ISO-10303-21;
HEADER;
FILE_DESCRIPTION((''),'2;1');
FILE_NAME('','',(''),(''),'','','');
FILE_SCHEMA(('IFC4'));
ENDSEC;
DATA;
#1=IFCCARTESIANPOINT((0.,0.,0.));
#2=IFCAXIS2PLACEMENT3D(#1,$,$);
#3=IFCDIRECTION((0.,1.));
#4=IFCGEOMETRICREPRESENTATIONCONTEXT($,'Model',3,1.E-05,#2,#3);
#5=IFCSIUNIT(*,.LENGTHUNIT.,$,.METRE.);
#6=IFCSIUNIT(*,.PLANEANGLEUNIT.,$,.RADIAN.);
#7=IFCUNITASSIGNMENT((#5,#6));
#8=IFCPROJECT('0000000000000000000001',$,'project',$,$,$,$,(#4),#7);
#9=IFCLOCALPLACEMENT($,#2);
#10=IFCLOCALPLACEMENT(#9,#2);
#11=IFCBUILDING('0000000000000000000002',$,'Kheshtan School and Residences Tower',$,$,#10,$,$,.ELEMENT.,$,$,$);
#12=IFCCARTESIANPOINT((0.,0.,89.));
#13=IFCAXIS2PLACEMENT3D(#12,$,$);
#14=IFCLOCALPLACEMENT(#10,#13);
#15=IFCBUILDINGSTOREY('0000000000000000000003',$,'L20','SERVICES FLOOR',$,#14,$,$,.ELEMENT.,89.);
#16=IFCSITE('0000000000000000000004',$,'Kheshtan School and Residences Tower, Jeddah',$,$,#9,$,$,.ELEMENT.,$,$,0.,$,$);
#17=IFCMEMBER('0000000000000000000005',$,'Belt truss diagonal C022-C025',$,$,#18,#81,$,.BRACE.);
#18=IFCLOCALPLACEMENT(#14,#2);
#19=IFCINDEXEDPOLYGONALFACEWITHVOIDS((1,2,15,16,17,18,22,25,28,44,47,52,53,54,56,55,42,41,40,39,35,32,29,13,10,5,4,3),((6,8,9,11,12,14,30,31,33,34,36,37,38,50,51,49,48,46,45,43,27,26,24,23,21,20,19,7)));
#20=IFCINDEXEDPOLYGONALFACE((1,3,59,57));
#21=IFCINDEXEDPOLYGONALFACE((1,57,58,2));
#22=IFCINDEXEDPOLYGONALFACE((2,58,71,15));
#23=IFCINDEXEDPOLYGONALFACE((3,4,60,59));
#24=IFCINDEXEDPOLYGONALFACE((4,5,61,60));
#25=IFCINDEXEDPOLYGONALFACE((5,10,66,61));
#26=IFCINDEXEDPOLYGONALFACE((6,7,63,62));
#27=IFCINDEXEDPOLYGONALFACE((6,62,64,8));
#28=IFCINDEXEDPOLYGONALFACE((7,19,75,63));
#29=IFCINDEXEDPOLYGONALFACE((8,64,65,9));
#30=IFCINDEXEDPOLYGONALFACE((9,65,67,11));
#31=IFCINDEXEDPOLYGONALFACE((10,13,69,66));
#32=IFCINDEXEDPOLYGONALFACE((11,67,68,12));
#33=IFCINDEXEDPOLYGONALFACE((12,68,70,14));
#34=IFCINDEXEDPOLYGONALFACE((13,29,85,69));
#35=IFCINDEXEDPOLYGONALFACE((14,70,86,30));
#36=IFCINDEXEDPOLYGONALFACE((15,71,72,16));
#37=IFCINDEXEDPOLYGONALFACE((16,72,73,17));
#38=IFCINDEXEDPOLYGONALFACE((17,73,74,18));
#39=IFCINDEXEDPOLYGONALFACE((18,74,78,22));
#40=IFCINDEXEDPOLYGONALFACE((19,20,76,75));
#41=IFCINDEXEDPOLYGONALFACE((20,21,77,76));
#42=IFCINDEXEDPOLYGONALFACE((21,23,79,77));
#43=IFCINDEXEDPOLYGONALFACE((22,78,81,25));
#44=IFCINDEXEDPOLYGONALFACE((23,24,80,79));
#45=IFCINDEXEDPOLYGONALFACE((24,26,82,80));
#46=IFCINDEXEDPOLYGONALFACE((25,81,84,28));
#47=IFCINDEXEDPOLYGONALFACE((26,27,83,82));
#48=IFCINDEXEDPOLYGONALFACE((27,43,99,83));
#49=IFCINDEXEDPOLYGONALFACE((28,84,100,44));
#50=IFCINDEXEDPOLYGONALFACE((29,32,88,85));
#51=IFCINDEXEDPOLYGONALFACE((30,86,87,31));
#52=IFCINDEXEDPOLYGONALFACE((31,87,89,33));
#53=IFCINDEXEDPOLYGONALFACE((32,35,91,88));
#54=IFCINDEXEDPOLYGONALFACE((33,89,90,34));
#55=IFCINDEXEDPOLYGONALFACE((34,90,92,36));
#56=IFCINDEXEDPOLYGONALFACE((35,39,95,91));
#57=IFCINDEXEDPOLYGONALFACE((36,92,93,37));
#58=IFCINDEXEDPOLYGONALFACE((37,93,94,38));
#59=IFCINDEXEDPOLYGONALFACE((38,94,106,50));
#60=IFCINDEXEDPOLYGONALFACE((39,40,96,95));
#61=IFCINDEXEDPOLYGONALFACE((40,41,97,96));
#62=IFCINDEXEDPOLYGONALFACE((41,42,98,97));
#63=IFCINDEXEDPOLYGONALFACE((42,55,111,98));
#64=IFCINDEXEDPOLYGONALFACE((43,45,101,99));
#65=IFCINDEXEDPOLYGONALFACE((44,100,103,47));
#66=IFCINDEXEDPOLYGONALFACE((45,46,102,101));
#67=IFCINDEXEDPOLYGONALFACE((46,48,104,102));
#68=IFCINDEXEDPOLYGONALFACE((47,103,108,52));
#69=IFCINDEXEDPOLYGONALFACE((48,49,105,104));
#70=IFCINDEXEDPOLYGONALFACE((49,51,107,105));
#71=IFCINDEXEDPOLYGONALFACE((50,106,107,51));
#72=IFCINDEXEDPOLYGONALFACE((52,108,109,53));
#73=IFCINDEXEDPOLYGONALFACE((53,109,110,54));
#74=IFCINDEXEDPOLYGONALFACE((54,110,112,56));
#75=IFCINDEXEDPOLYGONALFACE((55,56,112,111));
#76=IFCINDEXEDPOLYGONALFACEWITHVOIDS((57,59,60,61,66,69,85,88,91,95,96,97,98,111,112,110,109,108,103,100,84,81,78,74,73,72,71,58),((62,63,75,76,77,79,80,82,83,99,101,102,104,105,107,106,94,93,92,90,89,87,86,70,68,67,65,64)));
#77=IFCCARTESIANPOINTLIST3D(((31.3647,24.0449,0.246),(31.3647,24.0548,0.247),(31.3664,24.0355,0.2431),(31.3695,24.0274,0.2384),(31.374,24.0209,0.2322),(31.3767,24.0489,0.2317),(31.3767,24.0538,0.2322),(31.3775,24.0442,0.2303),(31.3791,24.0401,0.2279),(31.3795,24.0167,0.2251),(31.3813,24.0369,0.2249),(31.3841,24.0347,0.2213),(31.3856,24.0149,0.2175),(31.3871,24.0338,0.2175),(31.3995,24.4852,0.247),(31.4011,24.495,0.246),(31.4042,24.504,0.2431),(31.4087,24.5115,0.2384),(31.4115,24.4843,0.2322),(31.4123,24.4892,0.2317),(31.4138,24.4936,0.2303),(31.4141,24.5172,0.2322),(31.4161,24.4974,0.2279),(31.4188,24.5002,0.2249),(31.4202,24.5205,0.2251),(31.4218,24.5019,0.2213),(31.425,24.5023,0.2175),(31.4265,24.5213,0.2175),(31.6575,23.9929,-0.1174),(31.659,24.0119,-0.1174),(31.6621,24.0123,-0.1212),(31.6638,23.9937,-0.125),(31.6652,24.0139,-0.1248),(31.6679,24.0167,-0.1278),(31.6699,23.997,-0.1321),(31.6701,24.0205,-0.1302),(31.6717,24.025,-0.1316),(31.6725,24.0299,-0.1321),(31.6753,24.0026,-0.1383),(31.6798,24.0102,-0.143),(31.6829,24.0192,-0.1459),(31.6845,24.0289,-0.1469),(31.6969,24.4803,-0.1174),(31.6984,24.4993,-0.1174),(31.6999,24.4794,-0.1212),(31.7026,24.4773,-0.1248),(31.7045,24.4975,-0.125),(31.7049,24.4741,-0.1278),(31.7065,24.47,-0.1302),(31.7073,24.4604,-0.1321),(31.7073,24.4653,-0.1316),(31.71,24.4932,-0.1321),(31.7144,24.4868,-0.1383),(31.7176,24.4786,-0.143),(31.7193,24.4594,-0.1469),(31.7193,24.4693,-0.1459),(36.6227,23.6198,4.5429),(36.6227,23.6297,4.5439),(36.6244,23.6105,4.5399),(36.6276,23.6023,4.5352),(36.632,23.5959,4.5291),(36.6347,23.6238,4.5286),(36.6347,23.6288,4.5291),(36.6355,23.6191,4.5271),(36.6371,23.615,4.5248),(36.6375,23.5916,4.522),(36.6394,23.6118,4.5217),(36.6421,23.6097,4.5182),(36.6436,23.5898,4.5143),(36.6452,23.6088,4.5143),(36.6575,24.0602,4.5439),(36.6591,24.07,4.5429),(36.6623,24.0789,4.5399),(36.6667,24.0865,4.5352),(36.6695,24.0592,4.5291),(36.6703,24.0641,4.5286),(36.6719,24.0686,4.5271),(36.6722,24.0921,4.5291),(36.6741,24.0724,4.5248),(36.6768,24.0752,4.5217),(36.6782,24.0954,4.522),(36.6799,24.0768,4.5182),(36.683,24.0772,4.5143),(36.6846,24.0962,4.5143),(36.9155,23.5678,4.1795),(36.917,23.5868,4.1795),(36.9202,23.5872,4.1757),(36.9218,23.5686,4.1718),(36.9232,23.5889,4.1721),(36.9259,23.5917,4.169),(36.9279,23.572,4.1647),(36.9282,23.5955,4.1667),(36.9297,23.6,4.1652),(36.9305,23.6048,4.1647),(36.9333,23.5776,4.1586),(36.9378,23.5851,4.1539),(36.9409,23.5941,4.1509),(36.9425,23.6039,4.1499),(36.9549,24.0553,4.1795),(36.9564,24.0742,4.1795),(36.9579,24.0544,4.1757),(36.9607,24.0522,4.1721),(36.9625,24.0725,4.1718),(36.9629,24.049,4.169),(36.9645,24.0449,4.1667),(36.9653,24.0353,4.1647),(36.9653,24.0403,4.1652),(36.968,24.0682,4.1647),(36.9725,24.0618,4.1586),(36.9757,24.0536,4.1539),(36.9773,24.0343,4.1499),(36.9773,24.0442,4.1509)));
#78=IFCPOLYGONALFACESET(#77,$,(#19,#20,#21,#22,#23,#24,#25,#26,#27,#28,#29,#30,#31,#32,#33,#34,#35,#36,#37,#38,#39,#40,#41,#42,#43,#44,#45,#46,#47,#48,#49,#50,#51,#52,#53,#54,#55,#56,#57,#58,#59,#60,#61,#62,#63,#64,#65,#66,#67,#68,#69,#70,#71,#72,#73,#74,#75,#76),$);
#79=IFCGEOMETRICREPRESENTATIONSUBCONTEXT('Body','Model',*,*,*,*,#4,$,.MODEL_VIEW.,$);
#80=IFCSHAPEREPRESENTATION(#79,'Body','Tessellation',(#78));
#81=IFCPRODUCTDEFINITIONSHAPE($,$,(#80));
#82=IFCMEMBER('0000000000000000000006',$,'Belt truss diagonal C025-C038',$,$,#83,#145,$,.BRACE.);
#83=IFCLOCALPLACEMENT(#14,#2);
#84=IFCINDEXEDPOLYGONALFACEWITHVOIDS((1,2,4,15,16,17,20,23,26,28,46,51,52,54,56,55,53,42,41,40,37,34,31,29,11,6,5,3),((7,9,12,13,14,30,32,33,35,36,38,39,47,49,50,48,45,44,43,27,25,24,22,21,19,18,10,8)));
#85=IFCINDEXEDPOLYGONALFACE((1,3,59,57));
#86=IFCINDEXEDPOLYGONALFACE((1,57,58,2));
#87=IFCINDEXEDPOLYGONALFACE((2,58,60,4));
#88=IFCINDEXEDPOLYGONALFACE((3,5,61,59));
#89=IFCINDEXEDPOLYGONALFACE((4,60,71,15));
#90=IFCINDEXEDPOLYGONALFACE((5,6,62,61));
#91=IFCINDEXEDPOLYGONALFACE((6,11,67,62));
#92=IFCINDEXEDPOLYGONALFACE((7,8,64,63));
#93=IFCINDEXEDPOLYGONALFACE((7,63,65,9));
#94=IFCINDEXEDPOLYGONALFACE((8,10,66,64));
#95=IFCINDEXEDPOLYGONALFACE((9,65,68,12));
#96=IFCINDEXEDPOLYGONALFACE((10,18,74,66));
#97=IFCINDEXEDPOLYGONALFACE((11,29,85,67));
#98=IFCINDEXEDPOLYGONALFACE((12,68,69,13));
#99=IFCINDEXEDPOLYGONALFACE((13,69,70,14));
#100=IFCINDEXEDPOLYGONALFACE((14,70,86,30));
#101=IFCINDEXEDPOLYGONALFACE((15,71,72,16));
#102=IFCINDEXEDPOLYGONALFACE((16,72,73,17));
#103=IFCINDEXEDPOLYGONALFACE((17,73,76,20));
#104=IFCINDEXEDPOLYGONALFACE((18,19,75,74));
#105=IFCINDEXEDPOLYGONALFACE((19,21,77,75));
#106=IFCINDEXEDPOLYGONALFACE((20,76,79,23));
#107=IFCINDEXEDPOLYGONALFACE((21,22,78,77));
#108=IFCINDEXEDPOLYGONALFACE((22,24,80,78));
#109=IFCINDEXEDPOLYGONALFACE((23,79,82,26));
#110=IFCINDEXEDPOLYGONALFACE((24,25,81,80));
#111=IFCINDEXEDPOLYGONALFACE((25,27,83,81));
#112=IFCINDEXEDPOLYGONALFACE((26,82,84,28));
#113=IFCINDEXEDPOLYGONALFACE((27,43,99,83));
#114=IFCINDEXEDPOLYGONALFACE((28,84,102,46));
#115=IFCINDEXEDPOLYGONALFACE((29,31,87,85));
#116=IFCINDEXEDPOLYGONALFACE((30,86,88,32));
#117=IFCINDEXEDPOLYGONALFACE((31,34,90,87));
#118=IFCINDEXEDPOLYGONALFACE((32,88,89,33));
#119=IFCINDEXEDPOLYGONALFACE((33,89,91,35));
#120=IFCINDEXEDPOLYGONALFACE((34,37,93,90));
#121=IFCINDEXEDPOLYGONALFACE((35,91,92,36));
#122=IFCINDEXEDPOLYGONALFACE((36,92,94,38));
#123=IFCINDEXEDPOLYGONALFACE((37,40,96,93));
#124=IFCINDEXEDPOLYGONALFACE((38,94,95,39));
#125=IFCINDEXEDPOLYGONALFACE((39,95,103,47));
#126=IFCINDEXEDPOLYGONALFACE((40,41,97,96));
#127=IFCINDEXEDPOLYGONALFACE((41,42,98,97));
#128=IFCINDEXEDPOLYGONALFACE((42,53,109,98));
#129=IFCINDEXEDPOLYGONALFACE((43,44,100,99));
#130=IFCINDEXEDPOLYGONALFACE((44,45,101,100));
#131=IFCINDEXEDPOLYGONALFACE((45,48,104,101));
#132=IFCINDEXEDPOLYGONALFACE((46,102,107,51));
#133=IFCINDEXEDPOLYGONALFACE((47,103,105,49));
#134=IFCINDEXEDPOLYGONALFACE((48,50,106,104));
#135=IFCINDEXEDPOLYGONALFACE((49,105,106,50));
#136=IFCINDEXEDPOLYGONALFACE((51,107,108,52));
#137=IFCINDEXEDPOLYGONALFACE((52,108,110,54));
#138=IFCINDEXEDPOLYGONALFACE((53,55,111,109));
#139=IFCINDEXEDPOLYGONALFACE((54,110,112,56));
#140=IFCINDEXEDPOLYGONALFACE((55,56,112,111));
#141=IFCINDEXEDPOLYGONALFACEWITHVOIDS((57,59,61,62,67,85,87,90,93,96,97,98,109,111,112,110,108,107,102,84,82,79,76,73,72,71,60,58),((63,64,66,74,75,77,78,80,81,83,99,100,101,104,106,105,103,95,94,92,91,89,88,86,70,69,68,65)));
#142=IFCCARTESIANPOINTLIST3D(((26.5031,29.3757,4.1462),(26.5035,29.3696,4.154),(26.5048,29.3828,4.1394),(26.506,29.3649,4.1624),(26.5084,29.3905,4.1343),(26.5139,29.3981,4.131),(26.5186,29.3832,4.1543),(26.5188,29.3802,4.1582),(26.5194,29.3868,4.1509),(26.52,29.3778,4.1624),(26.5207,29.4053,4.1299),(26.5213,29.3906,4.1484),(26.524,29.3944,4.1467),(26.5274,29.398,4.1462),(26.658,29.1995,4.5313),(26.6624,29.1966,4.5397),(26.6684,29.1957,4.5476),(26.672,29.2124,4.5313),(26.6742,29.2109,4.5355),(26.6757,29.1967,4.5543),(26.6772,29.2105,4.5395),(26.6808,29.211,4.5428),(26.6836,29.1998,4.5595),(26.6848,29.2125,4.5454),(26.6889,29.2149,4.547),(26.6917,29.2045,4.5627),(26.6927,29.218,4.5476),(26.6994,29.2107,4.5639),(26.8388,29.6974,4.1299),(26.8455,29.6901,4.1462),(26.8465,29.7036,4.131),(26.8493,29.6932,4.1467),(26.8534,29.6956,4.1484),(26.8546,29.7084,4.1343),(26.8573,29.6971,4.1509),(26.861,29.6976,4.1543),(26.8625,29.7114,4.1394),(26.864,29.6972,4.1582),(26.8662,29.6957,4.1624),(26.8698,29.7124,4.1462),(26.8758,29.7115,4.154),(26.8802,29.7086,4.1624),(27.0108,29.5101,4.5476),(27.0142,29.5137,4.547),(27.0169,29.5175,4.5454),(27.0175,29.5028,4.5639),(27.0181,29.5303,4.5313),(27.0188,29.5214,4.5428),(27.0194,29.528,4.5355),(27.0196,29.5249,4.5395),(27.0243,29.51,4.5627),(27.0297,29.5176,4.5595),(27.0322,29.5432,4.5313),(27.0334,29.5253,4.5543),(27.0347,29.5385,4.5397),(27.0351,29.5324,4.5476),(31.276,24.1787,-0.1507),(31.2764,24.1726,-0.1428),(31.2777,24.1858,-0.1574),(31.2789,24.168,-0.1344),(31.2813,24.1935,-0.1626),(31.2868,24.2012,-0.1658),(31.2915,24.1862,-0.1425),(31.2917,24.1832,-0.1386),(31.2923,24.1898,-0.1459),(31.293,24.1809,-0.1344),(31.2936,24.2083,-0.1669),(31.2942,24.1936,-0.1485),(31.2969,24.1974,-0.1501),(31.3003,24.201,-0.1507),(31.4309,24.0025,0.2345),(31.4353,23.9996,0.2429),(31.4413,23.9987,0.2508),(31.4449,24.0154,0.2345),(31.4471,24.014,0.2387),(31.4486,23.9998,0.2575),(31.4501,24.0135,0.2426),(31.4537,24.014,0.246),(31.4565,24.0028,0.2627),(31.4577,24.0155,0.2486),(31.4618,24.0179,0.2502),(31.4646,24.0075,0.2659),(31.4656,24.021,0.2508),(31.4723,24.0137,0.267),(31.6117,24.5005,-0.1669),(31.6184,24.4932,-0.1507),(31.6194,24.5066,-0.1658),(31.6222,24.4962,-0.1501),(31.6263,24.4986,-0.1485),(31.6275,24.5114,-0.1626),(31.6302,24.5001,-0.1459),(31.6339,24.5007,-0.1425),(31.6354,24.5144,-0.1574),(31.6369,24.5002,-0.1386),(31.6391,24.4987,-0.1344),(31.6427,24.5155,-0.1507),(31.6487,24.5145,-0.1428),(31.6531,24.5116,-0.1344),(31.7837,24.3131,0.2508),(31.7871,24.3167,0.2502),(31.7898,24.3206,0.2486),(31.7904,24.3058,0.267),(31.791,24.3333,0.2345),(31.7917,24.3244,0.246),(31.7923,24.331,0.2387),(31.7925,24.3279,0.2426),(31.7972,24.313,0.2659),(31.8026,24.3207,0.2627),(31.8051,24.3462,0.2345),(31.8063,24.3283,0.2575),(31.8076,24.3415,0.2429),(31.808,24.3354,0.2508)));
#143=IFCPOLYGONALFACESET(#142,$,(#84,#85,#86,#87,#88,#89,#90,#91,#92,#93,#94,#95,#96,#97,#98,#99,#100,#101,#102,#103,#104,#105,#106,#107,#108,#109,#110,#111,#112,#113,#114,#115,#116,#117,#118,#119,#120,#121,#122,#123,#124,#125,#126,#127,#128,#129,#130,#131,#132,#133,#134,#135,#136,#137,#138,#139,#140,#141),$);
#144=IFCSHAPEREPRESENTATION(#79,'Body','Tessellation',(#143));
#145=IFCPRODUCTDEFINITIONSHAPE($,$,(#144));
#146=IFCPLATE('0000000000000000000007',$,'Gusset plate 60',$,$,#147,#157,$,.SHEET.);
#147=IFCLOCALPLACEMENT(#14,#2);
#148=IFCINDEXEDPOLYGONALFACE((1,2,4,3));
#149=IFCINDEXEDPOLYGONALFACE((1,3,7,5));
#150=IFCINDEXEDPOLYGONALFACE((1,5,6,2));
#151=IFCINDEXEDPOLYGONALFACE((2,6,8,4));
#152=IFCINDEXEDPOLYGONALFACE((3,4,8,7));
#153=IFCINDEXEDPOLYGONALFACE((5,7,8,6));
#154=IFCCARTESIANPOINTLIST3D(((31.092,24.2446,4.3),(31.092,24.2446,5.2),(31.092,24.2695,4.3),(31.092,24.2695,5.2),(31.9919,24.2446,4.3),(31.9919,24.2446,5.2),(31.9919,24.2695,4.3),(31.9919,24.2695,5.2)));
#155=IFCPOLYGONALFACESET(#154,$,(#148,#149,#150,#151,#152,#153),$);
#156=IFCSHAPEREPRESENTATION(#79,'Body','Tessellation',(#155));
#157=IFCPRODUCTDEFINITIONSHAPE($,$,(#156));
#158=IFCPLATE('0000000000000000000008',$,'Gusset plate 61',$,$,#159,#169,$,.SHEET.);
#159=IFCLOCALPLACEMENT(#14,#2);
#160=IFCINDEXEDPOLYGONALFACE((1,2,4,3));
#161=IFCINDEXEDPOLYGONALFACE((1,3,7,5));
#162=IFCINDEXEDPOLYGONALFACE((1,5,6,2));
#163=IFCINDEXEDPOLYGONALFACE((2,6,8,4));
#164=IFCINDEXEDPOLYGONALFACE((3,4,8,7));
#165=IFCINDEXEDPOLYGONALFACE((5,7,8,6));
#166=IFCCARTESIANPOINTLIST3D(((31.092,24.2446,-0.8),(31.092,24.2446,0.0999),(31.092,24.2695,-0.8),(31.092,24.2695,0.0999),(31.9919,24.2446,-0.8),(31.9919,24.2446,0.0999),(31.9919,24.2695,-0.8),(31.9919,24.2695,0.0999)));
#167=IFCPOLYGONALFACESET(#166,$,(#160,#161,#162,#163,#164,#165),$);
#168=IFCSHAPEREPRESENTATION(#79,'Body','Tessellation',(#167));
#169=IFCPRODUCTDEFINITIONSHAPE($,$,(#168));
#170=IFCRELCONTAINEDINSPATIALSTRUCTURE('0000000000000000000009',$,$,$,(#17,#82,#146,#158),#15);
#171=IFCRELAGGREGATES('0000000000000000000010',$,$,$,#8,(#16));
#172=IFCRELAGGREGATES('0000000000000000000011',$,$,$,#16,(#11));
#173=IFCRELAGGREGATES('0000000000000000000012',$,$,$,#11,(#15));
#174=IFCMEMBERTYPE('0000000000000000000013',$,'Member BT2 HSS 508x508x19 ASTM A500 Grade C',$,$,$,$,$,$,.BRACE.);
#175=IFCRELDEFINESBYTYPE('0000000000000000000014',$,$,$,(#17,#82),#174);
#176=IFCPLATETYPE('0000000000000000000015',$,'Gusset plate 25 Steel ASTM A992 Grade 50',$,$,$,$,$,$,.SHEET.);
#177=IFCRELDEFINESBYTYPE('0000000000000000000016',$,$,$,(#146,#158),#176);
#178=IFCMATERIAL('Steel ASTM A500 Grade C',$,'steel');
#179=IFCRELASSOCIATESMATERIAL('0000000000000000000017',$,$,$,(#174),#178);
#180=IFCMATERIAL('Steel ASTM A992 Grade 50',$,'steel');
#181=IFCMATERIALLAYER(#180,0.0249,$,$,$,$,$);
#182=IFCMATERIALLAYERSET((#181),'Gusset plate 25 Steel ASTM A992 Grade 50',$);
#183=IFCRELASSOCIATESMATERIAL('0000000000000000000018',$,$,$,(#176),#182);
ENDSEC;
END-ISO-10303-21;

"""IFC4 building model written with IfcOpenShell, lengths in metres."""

from ifc_helpers import new_model, si_unit, direction, frame, origin, origin_2d, place, context, subcontext, project, spatial, rectangle, hollow_rectangle, extrude, material, layer, layer_set, material_profile, profile_set, type_object, element, save


model = new_model("IFC4")

# Units and contexts
model_context = context("Model", 3, precision=1e-05, world=origin(), true_north=direction((0.0, 1.0)))
body_context = subcontext(model_context, "Body", "Model", "MODEL_VIEW")
ifc_project = project(units=[si_unit("LENGTHUNIT", "METRE"), si_unit("PLANEANGLEUNIT", "RADIAN")], contexts=[model_context])

# Site, building, storey
site_placement = place(None, origin())
site = spatial("IfcSite", under=ifc_project, at=site_placement, Name="Kheshtan School and Residences Tower, Jeddah", CompositionType="ELEMENT", RefElevation=0.0)
building_placement = place(site_placement, origin())
building = spatial("IfcBuilding", under=site, at=building_placement, Name="Kheshtan School and Residences Tower", CompositionType="ELEMENT")
storey_placement = place(building_placement, frame((0.0, 0.0, 89.0)))
storey = spatial("IfcBuildingStorey", under=building, at=storey_placement, Name="L20", Description="SERVICES FLOOR", CompositionType="ELEMENT", Elevation=89.0)

# Shared definitions
ifc_material_1 = material(Name="Steel ASTM A992 Grade 50", Category="steel")

# Members
ifc_material_2 = material(Name="Steel ASTM A500 Grade C", Category="steel")
ifc_material_profile_1 = material_profile(ifc_material_2, hollow_rectangle(XDim=0.5081, YDim=0.5081, WallThickness=0.019, InnerFilletRadius=0.019, OuterFilletRadius=0.0381, at=origin_2d()), Name="HSS 508x508x19")
ifc_profile_set_1 = profile_set([ifc_material_profile_1], Name="Steel ASTM A500 Grade C")
member_type = type_object("IfcMemberType", Name="Member BT2 HSS 508x508x19 ASTM A500 Grade C", PredefinedType="BRACE", material=ifc_profile_set_1)
member_1_placement = place(storey_placement, frame((31.542, 24.2571, 0.05), z_axis=(0.772818, -0.062473, 0.631545), x_axis=(0.080575, 0.996749, 0.0)))
element("IfcMember", 1, at=member_1_placement, inside=storey, type_object=member_type, Name="Belt truss diagonal C022-C025", PredefinedType="BRACE", context=body_context, shape_type="SweptSolid", body=[
    extrude(hollow_rectangle(XDim=0.5081, YDim=0.5081, WallThickness=0.019, InnerFilletRadius=0.019, OuterFilletRadius=0.0381, at=origin_2d()), origin(), (0.0, 0.0, 1.0), 6.8037),
])
member_2_placement = place(storey_placement, frame((31.542, 24.2571, 0.05), z_axis=(-0.57773, 0.629061, 0.520105), x_axis=(-0.736518, -0.676418, 0.0)))
element("IfcMember", 2, at=member_2_placement, inside=storey, type_object=member_type, Name="Belt truss diagonal C025-C038", PredefinedType="BRACE", context=body_context, shape_type="SweptSolid", body=[
    extrude(hollow_rectangle(XDim=0.5081, YDim=0.5081, WallThickness=0.019, InnerFilletRadius=0.019, OuterFilletRadius=0.0381, at=origin_2d()), origin(), (0.0, 0.0, 1.0), 8.2615),
])

# Plates
ifc_layer_1 = layer(ifc_material_1, 0.0249)
ifc_layer_set_1 = layer_set([ifc_layer_1], Name="Gusset plate 25 Steel ASTM A992 Grade 50")
plate_type = type_object("IfcPlateType", Name="Gusset plate 25 Steel ASTM A992 Grade 50", PredefinedType="SHEET", material=ifc_layer_set_1)
for number, where, z_axis, x_axis, name in (
    (3, (31.542, 24.2571, 4.3), (0.0, 0.0, 1.0), (1.0, 0.0, 0.0), "Gusset plate 60"),
    (4, (31.542, 24.2571, -0.8), (0.0, 0.0, 1.0), (1.0, 0.0, 0.0), "Gusset plate 61"),
):
    element("IfcPlate", number, at=place(storey_placement, frame(where, z_axis=z_axis, x_axis=x_axis)), inside=storey, type_object=plate_type, Name=name, PredefinedType="SHEET", context=body_context, shape_type="SweptSolid", body=[
        extrude(rectangle(XDim=0.8999, YDim=0.0249, at=origin_2d()), origin(), (0.0, 0.0, 1.0), 0.8999),
    ])

save(model, "model.ifc")
